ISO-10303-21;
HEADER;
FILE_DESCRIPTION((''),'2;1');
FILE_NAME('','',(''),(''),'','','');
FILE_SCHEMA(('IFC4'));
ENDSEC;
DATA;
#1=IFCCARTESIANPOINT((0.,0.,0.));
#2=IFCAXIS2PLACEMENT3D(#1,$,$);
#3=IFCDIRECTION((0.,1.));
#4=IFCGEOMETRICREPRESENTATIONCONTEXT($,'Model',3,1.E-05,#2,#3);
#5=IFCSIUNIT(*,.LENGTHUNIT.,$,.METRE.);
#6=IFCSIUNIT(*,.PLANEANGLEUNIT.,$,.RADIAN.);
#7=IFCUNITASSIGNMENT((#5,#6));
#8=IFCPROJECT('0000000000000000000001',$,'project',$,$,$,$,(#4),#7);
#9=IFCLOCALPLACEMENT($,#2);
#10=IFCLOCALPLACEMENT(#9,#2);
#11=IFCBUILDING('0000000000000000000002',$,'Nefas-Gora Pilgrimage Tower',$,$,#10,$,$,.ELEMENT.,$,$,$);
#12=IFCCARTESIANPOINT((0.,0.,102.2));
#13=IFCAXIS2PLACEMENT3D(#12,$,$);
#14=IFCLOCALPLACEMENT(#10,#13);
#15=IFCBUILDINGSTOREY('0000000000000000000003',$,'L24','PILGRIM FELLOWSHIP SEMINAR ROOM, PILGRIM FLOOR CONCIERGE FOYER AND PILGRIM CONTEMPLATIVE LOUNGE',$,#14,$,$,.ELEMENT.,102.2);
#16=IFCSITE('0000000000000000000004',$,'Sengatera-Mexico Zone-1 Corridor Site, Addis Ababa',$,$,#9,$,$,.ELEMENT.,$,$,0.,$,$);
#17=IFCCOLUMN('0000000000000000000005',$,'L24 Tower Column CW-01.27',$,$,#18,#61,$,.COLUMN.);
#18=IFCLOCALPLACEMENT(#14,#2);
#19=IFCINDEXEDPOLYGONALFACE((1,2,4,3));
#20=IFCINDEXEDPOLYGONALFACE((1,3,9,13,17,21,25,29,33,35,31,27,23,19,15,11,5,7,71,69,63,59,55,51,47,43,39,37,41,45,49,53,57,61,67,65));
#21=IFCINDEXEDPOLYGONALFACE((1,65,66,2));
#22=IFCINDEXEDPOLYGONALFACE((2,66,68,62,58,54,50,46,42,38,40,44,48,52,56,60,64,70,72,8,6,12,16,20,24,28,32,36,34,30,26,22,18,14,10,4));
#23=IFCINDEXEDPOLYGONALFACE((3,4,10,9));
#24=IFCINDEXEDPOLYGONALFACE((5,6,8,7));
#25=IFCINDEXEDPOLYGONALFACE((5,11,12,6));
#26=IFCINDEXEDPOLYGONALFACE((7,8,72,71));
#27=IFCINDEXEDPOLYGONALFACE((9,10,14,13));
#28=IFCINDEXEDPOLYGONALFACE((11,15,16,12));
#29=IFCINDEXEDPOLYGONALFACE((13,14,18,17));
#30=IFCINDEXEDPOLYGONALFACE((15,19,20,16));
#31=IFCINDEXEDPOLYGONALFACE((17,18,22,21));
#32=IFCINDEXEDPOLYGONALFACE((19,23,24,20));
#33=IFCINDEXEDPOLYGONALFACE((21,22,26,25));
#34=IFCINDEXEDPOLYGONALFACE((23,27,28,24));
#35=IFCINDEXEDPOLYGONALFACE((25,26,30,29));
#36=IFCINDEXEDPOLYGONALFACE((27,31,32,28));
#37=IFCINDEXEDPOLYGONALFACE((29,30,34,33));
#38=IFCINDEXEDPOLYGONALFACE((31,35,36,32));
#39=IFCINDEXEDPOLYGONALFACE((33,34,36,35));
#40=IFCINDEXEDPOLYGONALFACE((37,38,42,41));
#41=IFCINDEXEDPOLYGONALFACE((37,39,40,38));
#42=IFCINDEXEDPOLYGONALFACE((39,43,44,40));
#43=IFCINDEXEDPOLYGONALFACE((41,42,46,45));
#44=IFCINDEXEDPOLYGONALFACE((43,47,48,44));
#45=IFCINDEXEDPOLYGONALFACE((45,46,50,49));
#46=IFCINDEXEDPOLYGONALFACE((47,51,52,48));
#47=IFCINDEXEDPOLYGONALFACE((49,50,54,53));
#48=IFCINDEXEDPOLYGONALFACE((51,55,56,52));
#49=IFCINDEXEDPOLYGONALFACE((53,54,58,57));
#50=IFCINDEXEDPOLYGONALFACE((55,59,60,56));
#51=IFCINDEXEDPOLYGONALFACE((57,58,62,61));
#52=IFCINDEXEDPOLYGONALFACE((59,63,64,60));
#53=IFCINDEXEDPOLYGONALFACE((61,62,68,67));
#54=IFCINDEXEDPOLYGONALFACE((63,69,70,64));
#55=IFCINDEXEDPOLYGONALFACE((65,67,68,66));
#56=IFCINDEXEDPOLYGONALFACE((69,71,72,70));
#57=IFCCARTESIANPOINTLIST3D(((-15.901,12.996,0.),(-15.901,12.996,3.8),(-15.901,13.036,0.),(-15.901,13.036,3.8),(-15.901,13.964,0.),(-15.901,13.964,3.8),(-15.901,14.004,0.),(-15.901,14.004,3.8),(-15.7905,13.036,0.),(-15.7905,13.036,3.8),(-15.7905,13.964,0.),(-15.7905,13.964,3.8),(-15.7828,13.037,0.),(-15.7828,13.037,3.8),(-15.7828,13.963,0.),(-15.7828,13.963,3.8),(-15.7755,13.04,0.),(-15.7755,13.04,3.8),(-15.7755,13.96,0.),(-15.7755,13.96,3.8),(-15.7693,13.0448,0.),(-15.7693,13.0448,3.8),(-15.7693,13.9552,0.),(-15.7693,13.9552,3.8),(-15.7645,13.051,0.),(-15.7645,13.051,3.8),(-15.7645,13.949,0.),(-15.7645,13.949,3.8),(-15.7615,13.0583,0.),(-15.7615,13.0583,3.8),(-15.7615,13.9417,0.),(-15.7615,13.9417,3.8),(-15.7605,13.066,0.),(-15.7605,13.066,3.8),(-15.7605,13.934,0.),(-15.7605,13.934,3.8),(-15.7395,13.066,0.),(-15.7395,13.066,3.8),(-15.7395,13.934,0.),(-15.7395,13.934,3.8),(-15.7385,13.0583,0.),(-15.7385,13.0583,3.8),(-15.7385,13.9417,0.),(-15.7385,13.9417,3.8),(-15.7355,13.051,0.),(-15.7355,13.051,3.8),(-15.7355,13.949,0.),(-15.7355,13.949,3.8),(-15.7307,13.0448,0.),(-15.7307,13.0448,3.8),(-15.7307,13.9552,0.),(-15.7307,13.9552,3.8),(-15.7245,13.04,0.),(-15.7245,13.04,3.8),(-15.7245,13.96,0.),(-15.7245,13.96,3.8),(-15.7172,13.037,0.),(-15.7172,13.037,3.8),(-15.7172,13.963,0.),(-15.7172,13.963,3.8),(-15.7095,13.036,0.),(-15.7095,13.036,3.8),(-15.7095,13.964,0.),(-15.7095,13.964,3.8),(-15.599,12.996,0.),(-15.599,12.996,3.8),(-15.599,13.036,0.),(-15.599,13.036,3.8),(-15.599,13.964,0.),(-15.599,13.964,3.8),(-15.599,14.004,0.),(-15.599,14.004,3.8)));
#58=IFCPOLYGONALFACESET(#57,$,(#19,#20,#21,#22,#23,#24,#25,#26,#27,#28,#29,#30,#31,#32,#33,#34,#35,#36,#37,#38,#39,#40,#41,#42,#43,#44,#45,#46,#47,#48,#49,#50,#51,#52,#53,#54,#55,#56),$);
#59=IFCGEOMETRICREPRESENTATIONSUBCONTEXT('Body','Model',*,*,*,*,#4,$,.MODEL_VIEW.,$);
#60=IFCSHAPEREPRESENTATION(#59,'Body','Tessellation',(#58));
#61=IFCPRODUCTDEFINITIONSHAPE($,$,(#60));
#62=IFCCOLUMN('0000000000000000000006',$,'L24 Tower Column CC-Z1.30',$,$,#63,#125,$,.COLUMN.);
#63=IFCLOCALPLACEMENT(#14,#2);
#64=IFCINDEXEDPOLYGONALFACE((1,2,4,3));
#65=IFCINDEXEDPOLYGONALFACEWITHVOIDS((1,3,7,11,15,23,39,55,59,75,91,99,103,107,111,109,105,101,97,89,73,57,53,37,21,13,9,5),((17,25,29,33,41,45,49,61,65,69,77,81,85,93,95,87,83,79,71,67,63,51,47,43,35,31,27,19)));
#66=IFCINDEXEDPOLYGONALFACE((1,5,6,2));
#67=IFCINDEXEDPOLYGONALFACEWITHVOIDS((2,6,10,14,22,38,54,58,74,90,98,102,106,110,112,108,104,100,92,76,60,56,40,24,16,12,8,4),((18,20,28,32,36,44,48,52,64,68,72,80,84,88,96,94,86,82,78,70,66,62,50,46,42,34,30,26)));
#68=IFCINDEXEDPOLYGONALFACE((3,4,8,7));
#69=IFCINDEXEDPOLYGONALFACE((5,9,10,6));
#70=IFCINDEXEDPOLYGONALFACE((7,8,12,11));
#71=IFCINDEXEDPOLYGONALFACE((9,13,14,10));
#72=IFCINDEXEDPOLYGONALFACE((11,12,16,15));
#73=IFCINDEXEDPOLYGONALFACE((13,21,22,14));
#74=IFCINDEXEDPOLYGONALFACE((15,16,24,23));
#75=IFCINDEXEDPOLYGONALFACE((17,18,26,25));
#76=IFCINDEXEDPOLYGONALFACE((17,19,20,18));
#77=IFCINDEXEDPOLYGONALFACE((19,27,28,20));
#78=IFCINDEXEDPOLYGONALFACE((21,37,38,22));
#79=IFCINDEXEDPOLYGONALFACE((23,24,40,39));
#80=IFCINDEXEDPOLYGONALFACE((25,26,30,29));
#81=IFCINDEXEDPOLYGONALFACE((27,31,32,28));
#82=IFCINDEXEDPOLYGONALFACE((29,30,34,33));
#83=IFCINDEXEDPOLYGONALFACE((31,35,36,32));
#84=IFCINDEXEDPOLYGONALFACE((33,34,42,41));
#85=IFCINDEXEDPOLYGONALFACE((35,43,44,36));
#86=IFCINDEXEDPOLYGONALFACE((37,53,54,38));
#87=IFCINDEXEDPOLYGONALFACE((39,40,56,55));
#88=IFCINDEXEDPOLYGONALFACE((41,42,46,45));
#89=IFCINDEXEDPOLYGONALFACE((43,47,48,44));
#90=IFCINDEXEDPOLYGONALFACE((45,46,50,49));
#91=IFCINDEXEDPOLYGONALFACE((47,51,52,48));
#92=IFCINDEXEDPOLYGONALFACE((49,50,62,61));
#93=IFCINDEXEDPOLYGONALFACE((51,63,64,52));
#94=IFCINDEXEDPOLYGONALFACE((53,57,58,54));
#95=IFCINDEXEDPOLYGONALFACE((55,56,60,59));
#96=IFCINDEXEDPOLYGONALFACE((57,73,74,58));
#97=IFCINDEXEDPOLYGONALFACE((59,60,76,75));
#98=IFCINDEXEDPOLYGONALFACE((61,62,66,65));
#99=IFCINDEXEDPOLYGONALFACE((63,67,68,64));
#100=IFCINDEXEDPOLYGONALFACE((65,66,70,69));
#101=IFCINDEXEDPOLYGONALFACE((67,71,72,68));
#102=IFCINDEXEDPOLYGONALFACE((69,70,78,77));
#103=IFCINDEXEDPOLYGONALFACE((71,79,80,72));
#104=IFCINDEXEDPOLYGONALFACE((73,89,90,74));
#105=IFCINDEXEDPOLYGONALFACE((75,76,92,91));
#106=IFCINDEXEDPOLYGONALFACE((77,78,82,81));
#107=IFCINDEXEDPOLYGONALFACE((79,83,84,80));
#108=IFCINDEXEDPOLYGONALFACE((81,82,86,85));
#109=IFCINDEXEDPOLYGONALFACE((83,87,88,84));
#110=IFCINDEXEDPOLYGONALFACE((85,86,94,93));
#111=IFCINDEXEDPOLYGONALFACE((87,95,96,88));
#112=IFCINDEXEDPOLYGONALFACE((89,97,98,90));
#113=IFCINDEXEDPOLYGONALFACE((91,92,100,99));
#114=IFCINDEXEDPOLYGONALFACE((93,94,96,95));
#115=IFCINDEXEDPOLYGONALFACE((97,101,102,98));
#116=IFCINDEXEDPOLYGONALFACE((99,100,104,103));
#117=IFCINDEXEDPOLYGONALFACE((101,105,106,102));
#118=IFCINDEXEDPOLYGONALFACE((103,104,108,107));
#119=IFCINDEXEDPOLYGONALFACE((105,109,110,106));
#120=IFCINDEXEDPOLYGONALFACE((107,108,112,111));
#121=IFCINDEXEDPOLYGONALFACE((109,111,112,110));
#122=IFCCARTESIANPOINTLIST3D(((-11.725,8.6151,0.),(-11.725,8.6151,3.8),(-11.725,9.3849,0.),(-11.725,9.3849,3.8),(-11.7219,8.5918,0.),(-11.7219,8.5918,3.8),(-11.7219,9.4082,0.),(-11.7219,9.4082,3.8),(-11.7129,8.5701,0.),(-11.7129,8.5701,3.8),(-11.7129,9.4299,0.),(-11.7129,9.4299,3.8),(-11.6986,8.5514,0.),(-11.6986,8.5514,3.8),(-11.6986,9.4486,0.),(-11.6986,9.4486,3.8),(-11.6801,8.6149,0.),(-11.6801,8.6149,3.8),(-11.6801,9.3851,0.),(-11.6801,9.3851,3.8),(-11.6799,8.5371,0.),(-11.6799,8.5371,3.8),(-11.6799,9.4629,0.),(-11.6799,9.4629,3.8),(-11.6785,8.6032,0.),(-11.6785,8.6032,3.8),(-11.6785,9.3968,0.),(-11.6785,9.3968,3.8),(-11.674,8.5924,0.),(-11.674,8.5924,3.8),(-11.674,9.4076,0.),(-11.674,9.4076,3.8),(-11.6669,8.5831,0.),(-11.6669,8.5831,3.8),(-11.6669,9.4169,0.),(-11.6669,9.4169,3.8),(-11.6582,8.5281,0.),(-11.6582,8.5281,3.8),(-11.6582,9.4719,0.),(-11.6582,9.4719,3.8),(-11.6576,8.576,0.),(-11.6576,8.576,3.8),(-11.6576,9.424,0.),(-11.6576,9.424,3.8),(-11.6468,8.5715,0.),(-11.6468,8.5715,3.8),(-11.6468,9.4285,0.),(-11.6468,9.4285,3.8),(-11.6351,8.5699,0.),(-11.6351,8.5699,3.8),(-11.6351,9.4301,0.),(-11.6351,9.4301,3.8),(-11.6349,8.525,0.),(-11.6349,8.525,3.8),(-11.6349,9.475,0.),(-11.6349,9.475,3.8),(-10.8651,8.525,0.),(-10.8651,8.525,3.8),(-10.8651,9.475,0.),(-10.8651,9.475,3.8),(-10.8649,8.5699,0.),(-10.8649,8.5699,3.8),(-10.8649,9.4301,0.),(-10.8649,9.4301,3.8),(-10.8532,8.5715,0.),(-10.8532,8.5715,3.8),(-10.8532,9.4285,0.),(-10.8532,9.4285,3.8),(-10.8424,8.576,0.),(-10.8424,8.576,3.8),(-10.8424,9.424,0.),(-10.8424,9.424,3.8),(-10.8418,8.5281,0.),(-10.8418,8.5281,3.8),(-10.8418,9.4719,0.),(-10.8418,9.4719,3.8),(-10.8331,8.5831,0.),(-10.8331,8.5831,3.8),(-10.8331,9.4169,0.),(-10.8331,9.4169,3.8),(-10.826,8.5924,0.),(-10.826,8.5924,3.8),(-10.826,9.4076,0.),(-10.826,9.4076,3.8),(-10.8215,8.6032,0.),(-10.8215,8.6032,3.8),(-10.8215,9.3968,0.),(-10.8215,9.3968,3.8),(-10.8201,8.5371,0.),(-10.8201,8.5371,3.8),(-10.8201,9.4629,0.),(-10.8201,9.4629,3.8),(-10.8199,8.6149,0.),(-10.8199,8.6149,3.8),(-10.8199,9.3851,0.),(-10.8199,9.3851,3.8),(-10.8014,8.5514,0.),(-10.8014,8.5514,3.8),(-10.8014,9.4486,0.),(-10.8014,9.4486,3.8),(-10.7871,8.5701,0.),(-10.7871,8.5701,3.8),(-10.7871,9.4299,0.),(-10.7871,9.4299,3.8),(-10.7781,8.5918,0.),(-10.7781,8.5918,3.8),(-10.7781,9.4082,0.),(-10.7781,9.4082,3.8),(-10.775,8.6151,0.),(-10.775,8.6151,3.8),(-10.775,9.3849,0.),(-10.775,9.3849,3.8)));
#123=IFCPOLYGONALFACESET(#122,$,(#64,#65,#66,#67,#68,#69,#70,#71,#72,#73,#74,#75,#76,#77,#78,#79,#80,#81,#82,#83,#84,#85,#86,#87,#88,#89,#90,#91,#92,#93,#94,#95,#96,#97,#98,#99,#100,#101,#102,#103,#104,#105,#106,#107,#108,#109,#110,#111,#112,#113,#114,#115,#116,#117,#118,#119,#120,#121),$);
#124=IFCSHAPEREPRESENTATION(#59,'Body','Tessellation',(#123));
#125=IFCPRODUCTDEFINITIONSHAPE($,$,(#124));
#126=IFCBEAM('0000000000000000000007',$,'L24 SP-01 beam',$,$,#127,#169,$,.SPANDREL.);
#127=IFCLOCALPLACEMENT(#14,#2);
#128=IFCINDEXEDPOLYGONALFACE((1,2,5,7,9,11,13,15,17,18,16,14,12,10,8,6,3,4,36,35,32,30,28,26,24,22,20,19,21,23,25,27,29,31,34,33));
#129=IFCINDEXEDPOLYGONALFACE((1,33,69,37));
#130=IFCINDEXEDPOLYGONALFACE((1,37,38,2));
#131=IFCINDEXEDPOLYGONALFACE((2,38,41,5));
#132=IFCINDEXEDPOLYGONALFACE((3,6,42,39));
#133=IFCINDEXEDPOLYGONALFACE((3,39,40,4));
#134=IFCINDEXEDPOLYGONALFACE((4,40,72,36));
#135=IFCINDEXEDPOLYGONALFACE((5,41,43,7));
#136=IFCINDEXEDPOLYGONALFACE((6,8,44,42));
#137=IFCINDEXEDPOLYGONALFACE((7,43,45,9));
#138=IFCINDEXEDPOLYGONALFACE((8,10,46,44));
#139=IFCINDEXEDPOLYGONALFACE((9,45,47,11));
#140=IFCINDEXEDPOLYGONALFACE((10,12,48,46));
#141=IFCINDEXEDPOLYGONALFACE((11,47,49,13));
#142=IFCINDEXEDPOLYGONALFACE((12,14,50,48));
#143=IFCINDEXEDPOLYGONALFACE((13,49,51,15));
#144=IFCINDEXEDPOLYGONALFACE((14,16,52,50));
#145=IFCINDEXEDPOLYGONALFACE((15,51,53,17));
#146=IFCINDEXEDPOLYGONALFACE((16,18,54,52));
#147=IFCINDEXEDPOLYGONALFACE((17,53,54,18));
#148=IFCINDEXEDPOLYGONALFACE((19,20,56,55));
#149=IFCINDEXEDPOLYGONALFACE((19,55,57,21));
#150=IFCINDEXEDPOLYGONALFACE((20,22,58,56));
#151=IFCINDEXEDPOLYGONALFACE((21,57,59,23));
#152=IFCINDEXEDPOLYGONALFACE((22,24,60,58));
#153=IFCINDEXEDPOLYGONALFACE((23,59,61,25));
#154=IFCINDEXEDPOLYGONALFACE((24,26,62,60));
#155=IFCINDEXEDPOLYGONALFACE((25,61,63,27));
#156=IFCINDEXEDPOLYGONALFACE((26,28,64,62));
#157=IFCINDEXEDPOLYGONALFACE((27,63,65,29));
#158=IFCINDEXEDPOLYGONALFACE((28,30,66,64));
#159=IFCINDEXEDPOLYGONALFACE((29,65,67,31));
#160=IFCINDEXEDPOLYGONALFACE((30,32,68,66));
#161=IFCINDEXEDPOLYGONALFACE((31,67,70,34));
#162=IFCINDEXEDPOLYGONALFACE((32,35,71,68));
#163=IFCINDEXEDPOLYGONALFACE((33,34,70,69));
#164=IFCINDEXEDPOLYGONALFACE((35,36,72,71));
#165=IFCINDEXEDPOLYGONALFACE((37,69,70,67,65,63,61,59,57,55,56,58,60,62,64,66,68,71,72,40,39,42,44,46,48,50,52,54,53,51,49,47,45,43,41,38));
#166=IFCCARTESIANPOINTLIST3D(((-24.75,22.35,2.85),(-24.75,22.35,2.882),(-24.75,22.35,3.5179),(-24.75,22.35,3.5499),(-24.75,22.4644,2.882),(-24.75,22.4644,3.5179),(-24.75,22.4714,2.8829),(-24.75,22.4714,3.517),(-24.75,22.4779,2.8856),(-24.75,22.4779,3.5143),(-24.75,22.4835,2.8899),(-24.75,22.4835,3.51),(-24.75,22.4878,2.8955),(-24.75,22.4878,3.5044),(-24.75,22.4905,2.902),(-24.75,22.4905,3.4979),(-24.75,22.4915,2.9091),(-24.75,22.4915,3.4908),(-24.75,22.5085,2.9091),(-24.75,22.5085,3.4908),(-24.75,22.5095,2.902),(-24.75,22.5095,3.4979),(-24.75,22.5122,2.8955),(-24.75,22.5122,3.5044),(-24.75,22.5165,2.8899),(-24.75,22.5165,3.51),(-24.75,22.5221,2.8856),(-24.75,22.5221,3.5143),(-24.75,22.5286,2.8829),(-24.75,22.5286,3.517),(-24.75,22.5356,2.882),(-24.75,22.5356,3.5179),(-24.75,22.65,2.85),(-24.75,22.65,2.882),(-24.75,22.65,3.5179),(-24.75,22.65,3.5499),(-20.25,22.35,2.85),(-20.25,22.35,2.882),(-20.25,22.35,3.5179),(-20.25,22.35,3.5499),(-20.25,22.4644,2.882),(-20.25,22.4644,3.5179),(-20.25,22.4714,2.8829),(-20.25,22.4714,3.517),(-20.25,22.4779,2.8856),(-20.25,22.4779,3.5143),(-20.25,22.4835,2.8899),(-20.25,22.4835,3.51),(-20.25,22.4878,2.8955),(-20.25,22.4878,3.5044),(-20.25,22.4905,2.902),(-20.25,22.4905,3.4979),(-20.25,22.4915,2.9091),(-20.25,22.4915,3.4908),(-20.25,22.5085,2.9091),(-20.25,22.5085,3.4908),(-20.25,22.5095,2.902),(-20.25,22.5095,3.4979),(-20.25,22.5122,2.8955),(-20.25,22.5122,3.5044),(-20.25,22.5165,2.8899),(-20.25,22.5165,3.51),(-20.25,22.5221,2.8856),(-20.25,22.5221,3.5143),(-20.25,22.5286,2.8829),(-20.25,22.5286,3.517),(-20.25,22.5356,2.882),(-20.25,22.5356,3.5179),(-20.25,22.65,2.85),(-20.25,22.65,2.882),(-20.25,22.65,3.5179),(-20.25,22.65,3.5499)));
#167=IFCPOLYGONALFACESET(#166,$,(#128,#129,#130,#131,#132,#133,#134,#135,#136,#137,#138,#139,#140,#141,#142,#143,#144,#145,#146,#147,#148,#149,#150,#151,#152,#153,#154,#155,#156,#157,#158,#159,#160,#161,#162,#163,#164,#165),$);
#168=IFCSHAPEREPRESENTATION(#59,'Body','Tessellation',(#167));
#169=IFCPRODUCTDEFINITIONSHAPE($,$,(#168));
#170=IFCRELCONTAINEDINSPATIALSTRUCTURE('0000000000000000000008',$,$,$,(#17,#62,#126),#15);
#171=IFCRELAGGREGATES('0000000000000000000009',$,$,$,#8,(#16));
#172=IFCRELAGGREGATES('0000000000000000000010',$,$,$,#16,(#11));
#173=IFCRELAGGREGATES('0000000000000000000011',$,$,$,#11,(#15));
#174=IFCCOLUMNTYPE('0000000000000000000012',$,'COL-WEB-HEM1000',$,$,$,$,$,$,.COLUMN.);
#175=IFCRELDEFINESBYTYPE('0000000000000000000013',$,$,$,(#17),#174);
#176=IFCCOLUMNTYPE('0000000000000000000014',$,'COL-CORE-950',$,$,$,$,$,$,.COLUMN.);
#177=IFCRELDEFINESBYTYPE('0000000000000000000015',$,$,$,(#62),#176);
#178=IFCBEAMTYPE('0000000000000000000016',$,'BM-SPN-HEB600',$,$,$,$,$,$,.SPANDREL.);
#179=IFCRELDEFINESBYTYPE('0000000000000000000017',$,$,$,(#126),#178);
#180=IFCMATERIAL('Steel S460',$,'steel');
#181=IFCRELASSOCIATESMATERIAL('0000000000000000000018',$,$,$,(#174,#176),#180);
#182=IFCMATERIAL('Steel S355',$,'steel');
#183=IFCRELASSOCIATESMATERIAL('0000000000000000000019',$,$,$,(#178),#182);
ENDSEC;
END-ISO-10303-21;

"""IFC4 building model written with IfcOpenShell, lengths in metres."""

from ifc_helpers import new_model, si_unit, direction, frame, origin, origin_2d, place, context, subcontext, project, spatial, hollow_rectangle, i_section, extrude, source, transform, mapped, material, material_profile, profile_set, type_object, element, save


model = new_model("IFC4")

# Units and contexts
model_context = context("Model", 3, precision=1e-05, world=origin(), true_north=direction((0.0, 1.0)))
body_context = subcontext(model_context, "Body", "Model", "MODEL_VIEW")
ifc_project = project(units=[si_unit("LENGTHUNIT", "METRE"), si_unit("PLANEANGLEUNIT", "RADIAN")], contexts=[model_context])

# Site, building, storey
site_placement = place(None, origin())
site = spatial("IfcSite", under=ifc_project, at=site_placement, Name="Sengatera-Mexico Zone-1 Corridor Site, Addis Ababa", CompositionType="ELEMENT", RefElevation=0.0)
building_placement = place(site_placement, origin())
building = spatial("IfcBuilding", under=site, at=building_placement, Name="Nefas-Gora Pilgrimage Tower", CompositionType="ELEMENT")
storey_placement = place(building_placement, frame((0.0, 0.0, 102.2)))
storey = spatial("IfcBuildingStorey", under=building, at=storey_placement, Name="L24", Description="PILGRIM FELLOWSHIP SEMINAR ROOM, PILGRIM FLOOR CONCIERGE FOYER AND PILGRIM CONTEMPLATIVE LOUNGE", CompositionType="ELEMENT", Elevation=102.2)

# Columns
ifc_material_1 = material(Name="Steel S460", Category="steel")
ifc_material_profile_1 = material_profile(ifc_material_1, i_section(OverallWidth=0.302, OverallDepth=1.0081, WebThickness=0.021, FlangeThickness=0.04, FilletRadius=0.03, at=origin_2d()), Name="HEM 1000")
ifc_profile_set_1 = profile_set([ifc_material_profile_1], Name="Steel S460")
column_type_1 = type_object("IfcColumnType", Name="COL-WEB-HEM1000", PredefinedType="COLUMN", material=ifc_profile_set_1)
shared_shape_1 = source(origin(), body_context, "Body", "SweptSolid", [
    extrude(i_section(OverallWidth=0.302, OverallDepth=1.0081, WebThickness=0.021, FlangeThickness=0.04, FilletRadius=0.03, at=origin_2d()), origin(), (0.0, 0.0, 1.0), 3.8),
])
for number, where, z_axis, x_axis, name in (
    (1, (-15.75, 13.5, 0.0), (0.0, 0.0, 1.0), (1.0, 0.0, 0.0), "L24 Tower Column CW-01.27"),
):
    element("IfcColumn", number, at=place(storey_placement, frame(where, z_axis=z_axis, x_axis=x_axis)), inside=storey, type_object=column_type_1, Name=name, PredefinedType="COLUMN", context=body_context, shape_type="MappedRepresentation", body=[
        mapped(shared_shape_1, transform((0.0, 0.0, 0.0), x_axis=(1.0, 0.0, 0.0), y_axis=(0.0, 1.0, 0.0), z_axis=(0.0, 0.0, 1.0), scale=1.0)),
    ])
ifc_material_profile_2 = material_profile(ifc_material_1, hollow_rectangle(XDim=0.95, YDim=0.95, WallThickness=0.0449, InnerFilletRadius=0.0449, OuterFilletRadius=0.0901, at=origin_2d()), Name="BOX 950x950x45")
ifc_profile_set_2 = profile_set([ifc_material_profile_2], Name="Steel S460")
column_type_2 = type_object("IfcColumnType", Name="COL-CORE-950", PredefinedType="COLUMN", material=ifc_profile_set_2)
shared_shape_2 = source(origin(), body_context, "Body", "SweptSolid", [
    extrude(hollow_rectangle(XDim=0.95, YDim=0.95, WallThickness=0.0449, InnerFilletRadius=0.0449, OuterFilletRadius=0.0901, at=origin_2d()), origin(), (0.0, 0.0, 1.0), 3.8),
])
column_placement = place(storey_placement, frame((-11.25, 9.0, 0.0), z_axis=(0.0, 0.0, 1.0), x_axis=(1.0, 0.0, 0.0)))
element("IfcColumn", 2, at=column_placement, inside=storey, type_object=column_type_2, Name="L24 Tower Column CC-Z1.30", PredefinedType="COLUMN", context=body_context, shape_type="MappedRepresentation", body=[
    mapped(shared_shape_2, transform((0.0, 0.0, 0.0), x_axis=(1.0, 0.0, 0.0), y_axis=(0.0, 1.0, 0.0), z_axis=(0.0, 0.0, 1.0), scale=1.0)),
])

# Beam
ifc_material_2 = material(Name="Steel S355", Category="steel")
ifc_material_profile_3 = material_profile(ifc_material_2, i_section(OverallWidth=0.3, OverallDepth=0.7, WebThickness=0.0171, FlangeThickness=0.032, FilletRadius=0.0271, at=origin_2d()), Name="HEB 700")
ifc_profile_set_3 = profile_set([ifc_material_profile_3], Name="Steel S355")
beam_type_1 = type_object("IfcBeamType", Name="BM-SPN-HEB600", PredefinedType="SPANDREL", material=ifc_profile_set_3)
shared_shape_3 = source(origin(), body_context, "Body", "SweptSolid", [
    extrude(i_section(OverallWidth=0.3, OverallDepth=0.7, WebThickness=0.0171, FlangeThickness=0.032, FilletRadius=0.0271, at=origin_2d()), origin(), (0.0, 0.0, 1.0), 4.5),
])
beam_placement = place(storey_placement, frame((-24.75, 22.5, 3.2), z_axis=(1.0, 0.0, 0.0), x_axis=(0.0, 1.0, 0.0)))
element("IfcBeam", 3, at=beam_placement, inside=storey, type_object=beam_type_1, Name="L24 SP-01 beam", PredefinedType="SPANDREL", context=body_context, shape_type="MappedRepresentation", body=[
    mapped(shared_shape_3, transform((0.0, 0.0, 0.0), x_axis=(1.0, 0.0, 0.0), y_axis=(0.0, 1.0, 0.0), z_axis=(0.0, 0.0, 1.0), scale=1.0)),
])

save(model, "model.ifc")
